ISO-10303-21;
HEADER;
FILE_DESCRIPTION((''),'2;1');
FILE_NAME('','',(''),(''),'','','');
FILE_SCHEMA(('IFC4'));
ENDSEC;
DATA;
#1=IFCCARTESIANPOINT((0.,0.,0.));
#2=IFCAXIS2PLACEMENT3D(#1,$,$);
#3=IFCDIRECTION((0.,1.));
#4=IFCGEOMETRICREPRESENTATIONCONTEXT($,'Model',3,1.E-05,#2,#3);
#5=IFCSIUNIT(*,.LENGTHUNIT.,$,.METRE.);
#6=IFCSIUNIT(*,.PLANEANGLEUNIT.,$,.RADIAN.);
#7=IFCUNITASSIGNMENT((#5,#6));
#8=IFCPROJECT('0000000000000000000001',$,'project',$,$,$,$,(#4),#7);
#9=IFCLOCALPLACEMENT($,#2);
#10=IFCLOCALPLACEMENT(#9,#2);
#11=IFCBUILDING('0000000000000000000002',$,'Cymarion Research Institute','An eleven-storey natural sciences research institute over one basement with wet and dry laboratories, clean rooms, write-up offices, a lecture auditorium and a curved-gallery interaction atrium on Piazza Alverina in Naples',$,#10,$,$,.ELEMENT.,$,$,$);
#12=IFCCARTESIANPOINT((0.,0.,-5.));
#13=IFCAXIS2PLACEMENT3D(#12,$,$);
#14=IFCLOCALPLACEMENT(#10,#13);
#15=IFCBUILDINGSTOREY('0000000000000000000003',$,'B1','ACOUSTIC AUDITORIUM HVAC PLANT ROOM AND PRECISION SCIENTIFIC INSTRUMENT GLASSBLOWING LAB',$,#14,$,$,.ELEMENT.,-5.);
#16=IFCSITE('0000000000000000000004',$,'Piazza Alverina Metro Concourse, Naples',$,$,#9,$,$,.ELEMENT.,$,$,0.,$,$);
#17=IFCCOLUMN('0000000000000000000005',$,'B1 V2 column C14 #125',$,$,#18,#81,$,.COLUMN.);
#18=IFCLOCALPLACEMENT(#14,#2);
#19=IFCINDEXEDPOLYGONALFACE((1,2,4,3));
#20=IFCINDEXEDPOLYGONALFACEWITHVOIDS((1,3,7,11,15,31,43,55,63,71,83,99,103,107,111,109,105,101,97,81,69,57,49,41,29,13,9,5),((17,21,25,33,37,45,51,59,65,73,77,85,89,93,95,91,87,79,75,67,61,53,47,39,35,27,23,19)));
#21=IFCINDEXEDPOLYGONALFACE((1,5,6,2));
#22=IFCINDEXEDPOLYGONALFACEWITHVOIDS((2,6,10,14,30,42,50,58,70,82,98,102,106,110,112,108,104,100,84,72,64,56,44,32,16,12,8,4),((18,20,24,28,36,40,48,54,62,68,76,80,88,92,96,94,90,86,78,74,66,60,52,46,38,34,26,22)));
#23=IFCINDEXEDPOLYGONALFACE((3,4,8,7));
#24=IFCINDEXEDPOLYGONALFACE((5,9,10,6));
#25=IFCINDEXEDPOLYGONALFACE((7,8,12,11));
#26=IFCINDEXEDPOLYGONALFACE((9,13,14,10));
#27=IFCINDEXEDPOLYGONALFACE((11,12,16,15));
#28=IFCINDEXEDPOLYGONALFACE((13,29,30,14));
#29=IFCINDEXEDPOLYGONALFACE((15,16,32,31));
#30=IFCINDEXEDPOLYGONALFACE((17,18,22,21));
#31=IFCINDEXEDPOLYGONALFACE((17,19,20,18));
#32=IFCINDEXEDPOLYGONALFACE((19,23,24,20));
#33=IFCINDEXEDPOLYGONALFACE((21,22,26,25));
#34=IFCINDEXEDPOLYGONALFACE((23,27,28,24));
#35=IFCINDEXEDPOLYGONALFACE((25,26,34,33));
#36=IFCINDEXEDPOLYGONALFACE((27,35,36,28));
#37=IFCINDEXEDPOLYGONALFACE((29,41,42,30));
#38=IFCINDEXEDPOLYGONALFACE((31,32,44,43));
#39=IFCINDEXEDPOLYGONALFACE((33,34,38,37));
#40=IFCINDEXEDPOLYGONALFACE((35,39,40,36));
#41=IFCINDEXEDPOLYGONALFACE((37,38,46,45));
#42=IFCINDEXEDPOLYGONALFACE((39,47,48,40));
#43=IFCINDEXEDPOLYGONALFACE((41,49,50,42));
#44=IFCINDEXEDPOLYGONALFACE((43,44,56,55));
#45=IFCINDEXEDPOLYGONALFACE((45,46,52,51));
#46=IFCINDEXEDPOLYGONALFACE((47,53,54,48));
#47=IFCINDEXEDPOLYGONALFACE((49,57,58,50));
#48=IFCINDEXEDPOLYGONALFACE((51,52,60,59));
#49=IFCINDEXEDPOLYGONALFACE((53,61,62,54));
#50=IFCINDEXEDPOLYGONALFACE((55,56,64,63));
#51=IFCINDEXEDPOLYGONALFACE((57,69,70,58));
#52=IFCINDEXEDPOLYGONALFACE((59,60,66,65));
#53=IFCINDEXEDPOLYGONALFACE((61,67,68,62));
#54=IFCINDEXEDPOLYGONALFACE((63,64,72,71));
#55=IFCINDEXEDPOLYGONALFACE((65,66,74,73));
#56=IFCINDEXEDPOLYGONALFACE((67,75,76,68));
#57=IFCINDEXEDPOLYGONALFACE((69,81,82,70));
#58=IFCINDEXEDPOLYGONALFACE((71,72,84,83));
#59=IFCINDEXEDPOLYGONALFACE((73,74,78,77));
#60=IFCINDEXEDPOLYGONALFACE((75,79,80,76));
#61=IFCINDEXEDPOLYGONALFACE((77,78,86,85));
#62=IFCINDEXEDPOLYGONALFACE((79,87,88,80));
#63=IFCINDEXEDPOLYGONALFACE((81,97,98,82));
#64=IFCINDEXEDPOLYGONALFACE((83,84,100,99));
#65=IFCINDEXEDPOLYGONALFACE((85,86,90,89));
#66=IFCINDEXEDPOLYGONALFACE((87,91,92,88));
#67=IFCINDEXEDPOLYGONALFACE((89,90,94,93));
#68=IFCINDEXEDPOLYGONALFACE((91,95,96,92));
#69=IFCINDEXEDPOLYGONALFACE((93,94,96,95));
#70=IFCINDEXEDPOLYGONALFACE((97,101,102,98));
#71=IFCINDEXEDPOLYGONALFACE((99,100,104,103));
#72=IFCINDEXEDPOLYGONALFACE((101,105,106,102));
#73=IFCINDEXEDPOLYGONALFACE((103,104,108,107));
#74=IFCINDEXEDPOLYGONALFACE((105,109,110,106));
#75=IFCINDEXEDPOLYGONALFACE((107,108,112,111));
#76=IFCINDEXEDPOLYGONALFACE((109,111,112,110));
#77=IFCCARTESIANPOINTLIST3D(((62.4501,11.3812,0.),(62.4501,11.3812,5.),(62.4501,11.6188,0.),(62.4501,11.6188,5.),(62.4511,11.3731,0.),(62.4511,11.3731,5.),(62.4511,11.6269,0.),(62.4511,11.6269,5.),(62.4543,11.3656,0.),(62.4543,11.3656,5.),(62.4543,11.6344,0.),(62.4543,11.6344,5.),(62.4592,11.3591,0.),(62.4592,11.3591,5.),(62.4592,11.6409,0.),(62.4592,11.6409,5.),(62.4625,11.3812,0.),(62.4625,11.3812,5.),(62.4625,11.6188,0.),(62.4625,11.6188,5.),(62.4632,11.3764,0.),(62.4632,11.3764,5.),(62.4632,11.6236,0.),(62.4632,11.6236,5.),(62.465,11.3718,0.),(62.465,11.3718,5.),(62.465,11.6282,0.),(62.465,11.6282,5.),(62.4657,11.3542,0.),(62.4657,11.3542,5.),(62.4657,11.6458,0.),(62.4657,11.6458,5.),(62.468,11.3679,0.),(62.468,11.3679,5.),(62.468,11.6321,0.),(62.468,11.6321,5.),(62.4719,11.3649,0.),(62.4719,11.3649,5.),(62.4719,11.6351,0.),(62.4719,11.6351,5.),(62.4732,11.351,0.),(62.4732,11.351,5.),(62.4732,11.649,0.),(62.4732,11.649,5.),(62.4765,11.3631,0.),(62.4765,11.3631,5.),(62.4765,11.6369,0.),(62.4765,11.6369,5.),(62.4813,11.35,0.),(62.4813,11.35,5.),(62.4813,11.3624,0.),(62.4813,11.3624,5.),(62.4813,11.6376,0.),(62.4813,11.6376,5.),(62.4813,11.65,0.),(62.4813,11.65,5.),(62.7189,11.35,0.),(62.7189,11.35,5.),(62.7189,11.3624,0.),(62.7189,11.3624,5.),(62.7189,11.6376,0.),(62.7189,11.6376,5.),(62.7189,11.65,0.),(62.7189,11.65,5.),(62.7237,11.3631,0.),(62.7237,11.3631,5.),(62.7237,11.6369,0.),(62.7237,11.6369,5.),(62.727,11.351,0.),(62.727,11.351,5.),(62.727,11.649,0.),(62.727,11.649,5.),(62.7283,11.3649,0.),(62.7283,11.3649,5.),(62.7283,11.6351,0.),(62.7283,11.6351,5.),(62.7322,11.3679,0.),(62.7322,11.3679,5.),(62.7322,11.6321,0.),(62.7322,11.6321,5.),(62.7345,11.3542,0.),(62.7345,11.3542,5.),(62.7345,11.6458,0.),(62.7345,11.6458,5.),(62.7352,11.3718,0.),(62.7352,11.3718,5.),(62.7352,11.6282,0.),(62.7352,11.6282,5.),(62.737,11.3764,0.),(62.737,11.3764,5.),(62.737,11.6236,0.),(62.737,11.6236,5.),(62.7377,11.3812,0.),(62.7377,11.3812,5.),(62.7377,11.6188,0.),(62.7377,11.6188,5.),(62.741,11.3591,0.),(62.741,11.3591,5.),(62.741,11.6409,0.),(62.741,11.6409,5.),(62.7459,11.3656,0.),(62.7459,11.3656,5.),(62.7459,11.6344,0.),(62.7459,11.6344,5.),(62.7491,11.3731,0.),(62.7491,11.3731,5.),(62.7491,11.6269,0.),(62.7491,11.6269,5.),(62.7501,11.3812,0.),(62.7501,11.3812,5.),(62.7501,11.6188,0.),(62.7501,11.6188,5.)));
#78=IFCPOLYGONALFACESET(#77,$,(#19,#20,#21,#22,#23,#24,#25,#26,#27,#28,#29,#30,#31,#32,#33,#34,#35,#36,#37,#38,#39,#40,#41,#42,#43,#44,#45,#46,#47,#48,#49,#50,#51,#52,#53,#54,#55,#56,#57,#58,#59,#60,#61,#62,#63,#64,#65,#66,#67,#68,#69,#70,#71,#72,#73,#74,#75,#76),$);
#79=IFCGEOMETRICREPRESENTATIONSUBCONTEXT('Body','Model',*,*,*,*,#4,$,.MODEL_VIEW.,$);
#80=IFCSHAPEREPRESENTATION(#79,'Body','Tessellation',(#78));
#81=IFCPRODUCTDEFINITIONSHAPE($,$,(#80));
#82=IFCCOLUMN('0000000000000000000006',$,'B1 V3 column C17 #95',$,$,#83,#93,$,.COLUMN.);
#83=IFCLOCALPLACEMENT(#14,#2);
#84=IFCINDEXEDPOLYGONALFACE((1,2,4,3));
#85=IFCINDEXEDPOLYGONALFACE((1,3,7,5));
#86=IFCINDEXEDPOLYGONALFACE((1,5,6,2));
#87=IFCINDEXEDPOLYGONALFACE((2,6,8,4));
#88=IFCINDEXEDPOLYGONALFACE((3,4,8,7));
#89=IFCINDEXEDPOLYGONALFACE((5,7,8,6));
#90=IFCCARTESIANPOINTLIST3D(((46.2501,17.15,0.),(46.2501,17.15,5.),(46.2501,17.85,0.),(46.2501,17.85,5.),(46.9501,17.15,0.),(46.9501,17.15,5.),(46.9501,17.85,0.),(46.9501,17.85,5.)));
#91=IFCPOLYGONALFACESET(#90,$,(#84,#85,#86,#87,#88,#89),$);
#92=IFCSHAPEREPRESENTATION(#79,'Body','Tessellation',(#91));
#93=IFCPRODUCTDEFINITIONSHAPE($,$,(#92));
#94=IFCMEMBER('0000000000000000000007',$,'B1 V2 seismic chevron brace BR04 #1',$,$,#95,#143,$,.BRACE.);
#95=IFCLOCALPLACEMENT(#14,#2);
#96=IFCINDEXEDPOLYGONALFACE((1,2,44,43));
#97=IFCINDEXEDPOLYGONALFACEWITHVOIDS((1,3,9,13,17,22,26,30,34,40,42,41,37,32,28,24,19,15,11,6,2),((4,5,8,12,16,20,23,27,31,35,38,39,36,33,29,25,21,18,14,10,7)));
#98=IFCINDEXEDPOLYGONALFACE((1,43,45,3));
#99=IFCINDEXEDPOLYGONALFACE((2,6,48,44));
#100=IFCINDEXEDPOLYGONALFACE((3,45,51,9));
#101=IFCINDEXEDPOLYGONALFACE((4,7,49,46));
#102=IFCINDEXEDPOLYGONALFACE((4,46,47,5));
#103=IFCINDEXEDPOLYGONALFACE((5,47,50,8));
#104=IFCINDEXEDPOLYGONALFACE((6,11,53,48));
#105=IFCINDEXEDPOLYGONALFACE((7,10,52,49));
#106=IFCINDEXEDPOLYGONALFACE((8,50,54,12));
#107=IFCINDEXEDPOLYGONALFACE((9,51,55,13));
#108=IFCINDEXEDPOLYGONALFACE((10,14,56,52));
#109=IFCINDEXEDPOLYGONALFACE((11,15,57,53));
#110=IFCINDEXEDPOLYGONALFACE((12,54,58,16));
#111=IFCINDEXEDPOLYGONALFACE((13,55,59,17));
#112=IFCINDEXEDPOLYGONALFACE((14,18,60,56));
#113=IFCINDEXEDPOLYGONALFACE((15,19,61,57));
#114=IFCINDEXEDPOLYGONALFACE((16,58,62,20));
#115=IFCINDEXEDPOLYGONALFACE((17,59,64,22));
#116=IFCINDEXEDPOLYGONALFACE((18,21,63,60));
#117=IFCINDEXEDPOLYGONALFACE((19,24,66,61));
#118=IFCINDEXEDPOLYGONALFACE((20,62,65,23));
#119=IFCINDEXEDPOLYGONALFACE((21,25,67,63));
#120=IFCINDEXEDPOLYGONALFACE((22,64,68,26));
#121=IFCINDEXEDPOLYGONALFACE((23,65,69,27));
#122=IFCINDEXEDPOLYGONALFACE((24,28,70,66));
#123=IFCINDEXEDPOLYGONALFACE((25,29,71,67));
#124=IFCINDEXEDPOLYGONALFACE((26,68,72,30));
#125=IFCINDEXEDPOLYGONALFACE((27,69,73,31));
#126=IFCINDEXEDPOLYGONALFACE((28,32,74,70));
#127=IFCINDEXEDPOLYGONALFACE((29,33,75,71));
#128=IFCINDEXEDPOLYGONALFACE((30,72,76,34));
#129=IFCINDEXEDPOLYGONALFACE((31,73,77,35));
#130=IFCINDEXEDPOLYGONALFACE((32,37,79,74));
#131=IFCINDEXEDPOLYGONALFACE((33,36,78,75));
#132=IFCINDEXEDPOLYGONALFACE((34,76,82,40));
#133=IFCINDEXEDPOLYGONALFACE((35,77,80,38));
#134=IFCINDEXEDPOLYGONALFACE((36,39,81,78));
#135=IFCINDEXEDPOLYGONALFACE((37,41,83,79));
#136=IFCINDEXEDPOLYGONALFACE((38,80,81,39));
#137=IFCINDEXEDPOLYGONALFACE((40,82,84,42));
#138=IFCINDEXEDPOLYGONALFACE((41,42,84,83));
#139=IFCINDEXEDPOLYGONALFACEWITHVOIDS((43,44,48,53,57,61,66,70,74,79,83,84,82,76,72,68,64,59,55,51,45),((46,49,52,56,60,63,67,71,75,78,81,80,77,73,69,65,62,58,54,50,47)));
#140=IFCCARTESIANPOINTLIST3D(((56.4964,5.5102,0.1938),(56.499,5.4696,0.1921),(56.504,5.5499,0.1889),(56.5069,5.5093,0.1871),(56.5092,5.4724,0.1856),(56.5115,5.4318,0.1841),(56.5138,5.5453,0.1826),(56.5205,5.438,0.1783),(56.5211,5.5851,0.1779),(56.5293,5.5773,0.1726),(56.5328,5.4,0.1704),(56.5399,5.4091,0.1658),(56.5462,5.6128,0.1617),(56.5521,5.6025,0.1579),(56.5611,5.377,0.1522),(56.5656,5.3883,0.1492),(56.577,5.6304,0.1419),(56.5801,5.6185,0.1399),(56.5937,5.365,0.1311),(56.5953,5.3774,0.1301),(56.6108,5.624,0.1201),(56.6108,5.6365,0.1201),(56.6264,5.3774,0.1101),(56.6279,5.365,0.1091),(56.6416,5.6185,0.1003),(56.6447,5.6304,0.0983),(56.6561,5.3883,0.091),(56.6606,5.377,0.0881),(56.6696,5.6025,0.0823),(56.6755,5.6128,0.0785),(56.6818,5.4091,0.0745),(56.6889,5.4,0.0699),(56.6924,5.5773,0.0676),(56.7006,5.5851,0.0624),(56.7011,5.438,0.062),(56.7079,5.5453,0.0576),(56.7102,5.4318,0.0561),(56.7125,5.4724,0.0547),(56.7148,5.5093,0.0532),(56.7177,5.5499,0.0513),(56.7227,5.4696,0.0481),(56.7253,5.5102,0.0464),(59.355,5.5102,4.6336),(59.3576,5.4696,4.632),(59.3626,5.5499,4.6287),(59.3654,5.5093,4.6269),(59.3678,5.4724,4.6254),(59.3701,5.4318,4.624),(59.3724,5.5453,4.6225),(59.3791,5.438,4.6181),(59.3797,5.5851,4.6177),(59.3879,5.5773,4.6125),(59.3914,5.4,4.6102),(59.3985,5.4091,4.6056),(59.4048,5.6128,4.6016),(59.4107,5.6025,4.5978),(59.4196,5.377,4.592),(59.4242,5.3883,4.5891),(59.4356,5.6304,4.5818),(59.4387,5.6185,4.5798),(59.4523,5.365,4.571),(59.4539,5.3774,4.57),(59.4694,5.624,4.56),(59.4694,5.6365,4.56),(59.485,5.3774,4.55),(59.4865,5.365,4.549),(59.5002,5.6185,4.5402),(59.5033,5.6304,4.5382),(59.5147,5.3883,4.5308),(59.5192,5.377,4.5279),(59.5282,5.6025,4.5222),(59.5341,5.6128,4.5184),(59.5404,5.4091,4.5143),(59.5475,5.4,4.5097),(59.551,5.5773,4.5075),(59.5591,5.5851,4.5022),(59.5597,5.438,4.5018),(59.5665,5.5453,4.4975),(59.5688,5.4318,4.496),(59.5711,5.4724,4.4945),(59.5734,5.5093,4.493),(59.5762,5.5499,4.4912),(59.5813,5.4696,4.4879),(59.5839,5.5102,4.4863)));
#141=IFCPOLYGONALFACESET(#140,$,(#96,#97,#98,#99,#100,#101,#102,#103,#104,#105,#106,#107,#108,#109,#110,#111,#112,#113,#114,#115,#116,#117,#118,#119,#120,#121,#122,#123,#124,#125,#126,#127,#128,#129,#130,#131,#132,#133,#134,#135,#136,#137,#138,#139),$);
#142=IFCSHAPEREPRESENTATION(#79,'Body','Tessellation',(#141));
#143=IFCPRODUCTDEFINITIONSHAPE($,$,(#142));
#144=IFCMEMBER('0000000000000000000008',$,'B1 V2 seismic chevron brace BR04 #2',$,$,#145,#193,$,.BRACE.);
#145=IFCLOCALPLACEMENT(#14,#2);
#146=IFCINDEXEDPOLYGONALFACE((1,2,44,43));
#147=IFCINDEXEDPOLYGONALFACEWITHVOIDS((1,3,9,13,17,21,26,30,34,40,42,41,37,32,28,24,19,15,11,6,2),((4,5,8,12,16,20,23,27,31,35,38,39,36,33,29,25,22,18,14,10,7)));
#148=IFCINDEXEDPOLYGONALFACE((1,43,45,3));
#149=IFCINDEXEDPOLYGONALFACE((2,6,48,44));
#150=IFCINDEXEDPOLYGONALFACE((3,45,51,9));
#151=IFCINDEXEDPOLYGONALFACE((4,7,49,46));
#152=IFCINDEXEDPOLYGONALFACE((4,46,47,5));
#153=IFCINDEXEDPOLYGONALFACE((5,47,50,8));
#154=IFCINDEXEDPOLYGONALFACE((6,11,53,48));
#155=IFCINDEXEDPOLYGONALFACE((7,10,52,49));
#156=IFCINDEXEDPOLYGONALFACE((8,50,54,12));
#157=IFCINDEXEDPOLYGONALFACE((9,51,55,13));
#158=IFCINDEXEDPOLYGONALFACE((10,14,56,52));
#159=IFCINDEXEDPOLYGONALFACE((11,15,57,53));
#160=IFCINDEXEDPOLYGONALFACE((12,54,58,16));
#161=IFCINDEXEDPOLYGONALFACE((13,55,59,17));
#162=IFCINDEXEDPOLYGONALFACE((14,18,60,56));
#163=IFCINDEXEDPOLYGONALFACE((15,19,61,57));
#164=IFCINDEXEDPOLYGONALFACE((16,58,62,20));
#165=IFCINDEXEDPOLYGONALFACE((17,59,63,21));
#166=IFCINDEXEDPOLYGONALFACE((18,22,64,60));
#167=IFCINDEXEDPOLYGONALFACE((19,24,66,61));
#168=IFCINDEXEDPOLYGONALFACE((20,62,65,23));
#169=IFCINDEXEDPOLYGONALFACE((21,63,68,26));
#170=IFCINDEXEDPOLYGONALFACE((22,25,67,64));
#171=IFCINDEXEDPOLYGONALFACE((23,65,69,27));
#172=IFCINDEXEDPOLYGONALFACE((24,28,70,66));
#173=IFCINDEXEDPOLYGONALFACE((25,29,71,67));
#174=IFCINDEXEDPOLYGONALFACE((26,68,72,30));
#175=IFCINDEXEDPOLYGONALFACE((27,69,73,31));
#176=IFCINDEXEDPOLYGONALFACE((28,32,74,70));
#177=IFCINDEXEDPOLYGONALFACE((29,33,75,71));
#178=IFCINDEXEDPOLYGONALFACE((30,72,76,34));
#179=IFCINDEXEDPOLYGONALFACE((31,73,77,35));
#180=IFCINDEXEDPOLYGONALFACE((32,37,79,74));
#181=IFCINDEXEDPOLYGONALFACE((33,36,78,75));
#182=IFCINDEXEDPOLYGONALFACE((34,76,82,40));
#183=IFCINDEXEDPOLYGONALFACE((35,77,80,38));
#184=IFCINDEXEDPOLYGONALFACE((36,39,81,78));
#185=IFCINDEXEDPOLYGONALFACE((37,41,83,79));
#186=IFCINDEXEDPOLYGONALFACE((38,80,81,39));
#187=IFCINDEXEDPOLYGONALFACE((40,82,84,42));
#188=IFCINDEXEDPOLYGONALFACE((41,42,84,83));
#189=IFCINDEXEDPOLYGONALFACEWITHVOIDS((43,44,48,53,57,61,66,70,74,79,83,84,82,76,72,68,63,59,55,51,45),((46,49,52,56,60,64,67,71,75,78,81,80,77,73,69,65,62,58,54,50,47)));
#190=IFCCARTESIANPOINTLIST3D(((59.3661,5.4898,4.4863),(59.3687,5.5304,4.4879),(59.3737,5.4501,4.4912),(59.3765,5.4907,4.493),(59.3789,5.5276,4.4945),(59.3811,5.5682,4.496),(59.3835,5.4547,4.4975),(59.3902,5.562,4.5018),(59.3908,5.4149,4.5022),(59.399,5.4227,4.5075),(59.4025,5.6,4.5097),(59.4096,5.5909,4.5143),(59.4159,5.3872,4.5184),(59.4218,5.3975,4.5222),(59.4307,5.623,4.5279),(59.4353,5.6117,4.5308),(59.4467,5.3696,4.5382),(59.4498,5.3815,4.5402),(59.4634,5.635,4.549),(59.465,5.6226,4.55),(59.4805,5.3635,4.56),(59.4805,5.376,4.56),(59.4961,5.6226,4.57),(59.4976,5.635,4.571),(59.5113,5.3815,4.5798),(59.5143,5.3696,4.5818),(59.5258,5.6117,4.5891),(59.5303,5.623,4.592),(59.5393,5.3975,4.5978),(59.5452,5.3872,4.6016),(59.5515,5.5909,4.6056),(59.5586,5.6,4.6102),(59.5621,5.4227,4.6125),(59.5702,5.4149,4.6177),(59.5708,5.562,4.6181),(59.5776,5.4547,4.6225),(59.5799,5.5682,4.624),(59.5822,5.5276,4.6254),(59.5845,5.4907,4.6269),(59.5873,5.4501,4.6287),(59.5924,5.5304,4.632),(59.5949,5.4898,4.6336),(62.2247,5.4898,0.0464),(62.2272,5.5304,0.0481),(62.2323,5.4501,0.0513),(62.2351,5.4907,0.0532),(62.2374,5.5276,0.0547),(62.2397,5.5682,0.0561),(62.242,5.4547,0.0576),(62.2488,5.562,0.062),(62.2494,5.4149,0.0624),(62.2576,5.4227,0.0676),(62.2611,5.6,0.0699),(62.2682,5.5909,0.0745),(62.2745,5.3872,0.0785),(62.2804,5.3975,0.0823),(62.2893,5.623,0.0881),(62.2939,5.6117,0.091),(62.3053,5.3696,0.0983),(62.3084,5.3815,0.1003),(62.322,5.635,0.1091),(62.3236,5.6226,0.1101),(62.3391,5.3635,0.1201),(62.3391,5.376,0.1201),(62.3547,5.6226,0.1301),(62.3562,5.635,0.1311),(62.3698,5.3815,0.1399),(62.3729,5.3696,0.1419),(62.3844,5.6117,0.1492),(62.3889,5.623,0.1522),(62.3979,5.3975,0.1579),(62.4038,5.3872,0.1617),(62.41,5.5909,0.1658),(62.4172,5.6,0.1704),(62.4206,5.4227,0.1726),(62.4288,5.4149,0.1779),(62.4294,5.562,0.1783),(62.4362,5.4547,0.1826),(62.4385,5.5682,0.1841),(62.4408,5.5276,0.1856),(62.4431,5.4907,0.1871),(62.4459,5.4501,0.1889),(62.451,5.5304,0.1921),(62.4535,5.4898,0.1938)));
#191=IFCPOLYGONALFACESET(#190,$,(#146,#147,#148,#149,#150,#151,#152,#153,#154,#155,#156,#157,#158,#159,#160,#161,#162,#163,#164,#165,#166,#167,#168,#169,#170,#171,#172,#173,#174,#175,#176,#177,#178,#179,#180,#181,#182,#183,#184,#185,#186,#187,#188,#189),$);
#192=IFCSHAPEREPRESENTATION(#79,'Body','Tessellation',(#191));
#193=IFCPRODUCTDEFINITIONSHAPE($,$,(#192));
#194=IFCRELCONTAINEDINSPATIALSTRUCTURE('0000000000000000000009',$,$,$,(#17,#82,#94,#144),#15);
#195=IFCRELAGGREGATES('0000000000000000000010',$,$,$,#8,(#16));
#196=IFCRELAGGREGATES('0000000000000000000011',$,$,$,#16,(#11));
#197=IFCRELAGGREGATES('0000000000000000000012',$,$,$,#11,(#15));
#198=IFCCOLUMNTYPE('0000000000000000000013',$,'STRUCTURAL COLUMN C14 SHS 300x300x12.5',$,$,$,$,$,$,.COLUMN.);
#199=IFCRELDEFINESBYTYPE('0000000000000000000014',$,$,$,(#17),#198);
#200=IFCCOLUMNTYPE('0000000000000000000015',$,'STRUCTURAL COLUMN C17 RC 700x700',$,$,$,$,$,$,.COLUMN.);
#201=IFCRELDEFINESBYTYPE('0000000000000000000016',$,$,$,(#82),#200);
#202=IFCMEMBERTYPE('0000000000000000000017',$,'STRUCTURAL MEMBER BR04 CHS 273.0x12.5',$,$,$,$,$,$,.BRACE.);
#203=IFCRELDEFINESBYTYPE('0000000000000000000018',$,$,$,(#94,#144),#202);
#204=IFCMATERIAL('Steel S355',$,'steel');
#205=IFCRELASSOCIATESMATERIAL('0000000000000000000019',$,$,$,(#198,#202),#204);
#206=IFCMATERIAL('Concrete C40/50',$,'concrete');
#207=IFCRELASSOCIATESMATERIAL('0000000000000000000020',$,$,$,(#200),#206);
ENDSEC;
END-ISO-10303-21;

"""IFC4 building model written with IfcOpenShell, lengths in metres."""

from ifc_helpers import new_model, si_unit, direction, frame, origin, origin_2d, place, context, subcontext, project, spatial, rectangle, hollow_rectangle, hollow_circle, extrude, material, material_profile, profile_set, type_object, element, save


model = new_model("IFC4")

# Units and contexts
model_context = context("Model", 3, precision=1e-05, world=origin(), true_north=direction((0.0, 1.0)))
body_context = subcontext(model_context, "Body", "Model", "MODEL_VIEW")
ifc_project = project(units=[si_unit("LENGTHUNIT", "METRE"), si_unit("PLANEANGLEUNIT", "RADIAN")], contexts=[model_context])

# Site, building, storey
site_placement = place(None, origin())
site = spatial("IfcSite", under=ifc_project, at=site_placement, Name="Piazza Alverina Metro Concourse, Naples", CompositionType="ELEMENT", RefElevation=0.0)
building_placement = place(site_placement, origin())
building = spatial("IfcBuilding", under=site, at=building_placement, Name="Cymarion Research Institute", Description="An eleven-storey natural sciences research institute over one basement with wet and dry laboratories, clean rooms, write-up offices, a lecture auditorium and a curved-gallery interaction atrium on Piazza Alverina in Naples", CompositionType="ELEMENT")
storey_placement = place(building_placement, frame((0.0, 0.0, -5.0)))
storey = spatial("IfcBuildingStorey", under=building, at=storey_placement, Name="B1", Description="ACOUSTIC AUDITORIUM HVAC PLANT ROOM AND PRECISION SCIENTIFIC INSTRUMENT GLASSBLOWING LAB", CompositionType="ELEMENT", Elevation=-5.0)

# Columns
ifc_material_1 = material(Name="Concrete C40/50", Category="concrete")
ifc_material_2 = material(Name="Steel S355", Category="steel")
ifc_material_profile_1 = material_profile(ifc_material_2, hollow_rectangle(XDim=0.3, YDim=0.3, WallThickness=0.0125, InnerFilletRadius=0.0188, OuterFilletRadius=0.0312, at=origin_2d()), Name="SHS 300x300x12.5")
ifc_profile_set_1 = profile_set([ifc_material_profile_1], Name="Steel S355")
column_type_1 = type_object("IfcColumnType", Name="STRUCTURAL COLUMN C14 SHS 300x300x12.5", PredefinedType="COLUMN", material=ifc_profile_set_1)
column_1_placement = place(storey_placement, frame((62.6001, 11.5, 0.0), z_axis=(0.0, 0.0, 1.0), x_axis=(1.0, 0.0, 0.0)))
element("IfcColumn", 1, at=column_1_placement, inside=storey, type_object=column_type_1, Name="B1 V2 column C14 #125", PredefinedType="COLUMN", context=body_context, shape_type="SweptSolid", body=[
    extrude(hollow_rectangle(XDim=0.3, YDim=0.3, WallThickness=0.0125, InnerFilletRadius=0.0188, OuterFilletRadius=0.0312, at=origin_2d()), origin(), (0.0, 0.0, 1.0), 5.0),
])
ifc_material_profile_2 = material_profile(ifc_material_1, rectangle(XDim=0.7, YDim=0.7, at=origin_2d()), Name="RC 700x700")
ifc_profile_set_2 = profile_set([ifc_material_profile_2], Name="Concrete C40/50")
column_type_2 = type_object("IfcColumnType", Name="STRUCTURAL COLUMN C17 RC 700x700", PredefinedType="COLUMN", material=ifc_profile_set_2)
column_2_placement = place(storey_placement, frame((46.6001, 17.5, 0.0), z_axis=(0.0, 0.0, 1.0), x_axis=(1.0, 0.0, 0.0)))
element("IfcColumn", 2, at=column_2_placement, inside=storey, type_object=column_type_2, Name="B1 V3 column C17 #95", PredefinedType="COLUMN", context=body_context, shape_type="SweptSolid", body=[
    extrude(rectangle(XDim=0.7, YDim=0.7, at=origin_2d()), origin(), (0.0, 0.0, 1.0), 5.0),
])

# Members
ifc_material_profile_3 = material_profile(ifc_material_2, hollow_circle(Radius=0.1365, WallThickness=0.0125, at=origin_2d()), Name="CHS 273.0x12.5")
ifc_profile_set_3 = profile_set([ifc_material_profile_3], Name="Steel S355")
member_type = type_object("IfcMemberType", Name="STRUCTURAL MEMBER BR04 CHS 273.0x12.5", PredefinedType="BRACE", material=ifc_profile_set_3)
for number, where, z_axis, x_axis, name in (
    (3, (56.6108, 5.5, 0.1201), (0.541346, 0.0, 0.8408), (0.0, 1.0, 0.0), "B1 V2 seismic chevron brace BR04 #1"),
    (4, (62.3391, 5.5, 0.1201), (-0.541346, 0.0, 0.8408), (0.0, -1.0, 0.0), "B1 V2 seismic chevron brace BR04 #2"),
):
    element("IfcMember", number, at=place(storey_placement, frame(where, z_axis=z_axis, x_axis=x_axis)), inside=storey, type_object=member_type, Name=name, PredefinedType="BRACE", context=body_context, shape_type="SweptSolid", body=[
        extrude(hollow_circle(Radius=0.1365, WallThickness=0.0125, at=origin_2d()), origin(), (0.0, 0.0, 1.0), 5.2805),
    ])

save(model, "model.ifc")
